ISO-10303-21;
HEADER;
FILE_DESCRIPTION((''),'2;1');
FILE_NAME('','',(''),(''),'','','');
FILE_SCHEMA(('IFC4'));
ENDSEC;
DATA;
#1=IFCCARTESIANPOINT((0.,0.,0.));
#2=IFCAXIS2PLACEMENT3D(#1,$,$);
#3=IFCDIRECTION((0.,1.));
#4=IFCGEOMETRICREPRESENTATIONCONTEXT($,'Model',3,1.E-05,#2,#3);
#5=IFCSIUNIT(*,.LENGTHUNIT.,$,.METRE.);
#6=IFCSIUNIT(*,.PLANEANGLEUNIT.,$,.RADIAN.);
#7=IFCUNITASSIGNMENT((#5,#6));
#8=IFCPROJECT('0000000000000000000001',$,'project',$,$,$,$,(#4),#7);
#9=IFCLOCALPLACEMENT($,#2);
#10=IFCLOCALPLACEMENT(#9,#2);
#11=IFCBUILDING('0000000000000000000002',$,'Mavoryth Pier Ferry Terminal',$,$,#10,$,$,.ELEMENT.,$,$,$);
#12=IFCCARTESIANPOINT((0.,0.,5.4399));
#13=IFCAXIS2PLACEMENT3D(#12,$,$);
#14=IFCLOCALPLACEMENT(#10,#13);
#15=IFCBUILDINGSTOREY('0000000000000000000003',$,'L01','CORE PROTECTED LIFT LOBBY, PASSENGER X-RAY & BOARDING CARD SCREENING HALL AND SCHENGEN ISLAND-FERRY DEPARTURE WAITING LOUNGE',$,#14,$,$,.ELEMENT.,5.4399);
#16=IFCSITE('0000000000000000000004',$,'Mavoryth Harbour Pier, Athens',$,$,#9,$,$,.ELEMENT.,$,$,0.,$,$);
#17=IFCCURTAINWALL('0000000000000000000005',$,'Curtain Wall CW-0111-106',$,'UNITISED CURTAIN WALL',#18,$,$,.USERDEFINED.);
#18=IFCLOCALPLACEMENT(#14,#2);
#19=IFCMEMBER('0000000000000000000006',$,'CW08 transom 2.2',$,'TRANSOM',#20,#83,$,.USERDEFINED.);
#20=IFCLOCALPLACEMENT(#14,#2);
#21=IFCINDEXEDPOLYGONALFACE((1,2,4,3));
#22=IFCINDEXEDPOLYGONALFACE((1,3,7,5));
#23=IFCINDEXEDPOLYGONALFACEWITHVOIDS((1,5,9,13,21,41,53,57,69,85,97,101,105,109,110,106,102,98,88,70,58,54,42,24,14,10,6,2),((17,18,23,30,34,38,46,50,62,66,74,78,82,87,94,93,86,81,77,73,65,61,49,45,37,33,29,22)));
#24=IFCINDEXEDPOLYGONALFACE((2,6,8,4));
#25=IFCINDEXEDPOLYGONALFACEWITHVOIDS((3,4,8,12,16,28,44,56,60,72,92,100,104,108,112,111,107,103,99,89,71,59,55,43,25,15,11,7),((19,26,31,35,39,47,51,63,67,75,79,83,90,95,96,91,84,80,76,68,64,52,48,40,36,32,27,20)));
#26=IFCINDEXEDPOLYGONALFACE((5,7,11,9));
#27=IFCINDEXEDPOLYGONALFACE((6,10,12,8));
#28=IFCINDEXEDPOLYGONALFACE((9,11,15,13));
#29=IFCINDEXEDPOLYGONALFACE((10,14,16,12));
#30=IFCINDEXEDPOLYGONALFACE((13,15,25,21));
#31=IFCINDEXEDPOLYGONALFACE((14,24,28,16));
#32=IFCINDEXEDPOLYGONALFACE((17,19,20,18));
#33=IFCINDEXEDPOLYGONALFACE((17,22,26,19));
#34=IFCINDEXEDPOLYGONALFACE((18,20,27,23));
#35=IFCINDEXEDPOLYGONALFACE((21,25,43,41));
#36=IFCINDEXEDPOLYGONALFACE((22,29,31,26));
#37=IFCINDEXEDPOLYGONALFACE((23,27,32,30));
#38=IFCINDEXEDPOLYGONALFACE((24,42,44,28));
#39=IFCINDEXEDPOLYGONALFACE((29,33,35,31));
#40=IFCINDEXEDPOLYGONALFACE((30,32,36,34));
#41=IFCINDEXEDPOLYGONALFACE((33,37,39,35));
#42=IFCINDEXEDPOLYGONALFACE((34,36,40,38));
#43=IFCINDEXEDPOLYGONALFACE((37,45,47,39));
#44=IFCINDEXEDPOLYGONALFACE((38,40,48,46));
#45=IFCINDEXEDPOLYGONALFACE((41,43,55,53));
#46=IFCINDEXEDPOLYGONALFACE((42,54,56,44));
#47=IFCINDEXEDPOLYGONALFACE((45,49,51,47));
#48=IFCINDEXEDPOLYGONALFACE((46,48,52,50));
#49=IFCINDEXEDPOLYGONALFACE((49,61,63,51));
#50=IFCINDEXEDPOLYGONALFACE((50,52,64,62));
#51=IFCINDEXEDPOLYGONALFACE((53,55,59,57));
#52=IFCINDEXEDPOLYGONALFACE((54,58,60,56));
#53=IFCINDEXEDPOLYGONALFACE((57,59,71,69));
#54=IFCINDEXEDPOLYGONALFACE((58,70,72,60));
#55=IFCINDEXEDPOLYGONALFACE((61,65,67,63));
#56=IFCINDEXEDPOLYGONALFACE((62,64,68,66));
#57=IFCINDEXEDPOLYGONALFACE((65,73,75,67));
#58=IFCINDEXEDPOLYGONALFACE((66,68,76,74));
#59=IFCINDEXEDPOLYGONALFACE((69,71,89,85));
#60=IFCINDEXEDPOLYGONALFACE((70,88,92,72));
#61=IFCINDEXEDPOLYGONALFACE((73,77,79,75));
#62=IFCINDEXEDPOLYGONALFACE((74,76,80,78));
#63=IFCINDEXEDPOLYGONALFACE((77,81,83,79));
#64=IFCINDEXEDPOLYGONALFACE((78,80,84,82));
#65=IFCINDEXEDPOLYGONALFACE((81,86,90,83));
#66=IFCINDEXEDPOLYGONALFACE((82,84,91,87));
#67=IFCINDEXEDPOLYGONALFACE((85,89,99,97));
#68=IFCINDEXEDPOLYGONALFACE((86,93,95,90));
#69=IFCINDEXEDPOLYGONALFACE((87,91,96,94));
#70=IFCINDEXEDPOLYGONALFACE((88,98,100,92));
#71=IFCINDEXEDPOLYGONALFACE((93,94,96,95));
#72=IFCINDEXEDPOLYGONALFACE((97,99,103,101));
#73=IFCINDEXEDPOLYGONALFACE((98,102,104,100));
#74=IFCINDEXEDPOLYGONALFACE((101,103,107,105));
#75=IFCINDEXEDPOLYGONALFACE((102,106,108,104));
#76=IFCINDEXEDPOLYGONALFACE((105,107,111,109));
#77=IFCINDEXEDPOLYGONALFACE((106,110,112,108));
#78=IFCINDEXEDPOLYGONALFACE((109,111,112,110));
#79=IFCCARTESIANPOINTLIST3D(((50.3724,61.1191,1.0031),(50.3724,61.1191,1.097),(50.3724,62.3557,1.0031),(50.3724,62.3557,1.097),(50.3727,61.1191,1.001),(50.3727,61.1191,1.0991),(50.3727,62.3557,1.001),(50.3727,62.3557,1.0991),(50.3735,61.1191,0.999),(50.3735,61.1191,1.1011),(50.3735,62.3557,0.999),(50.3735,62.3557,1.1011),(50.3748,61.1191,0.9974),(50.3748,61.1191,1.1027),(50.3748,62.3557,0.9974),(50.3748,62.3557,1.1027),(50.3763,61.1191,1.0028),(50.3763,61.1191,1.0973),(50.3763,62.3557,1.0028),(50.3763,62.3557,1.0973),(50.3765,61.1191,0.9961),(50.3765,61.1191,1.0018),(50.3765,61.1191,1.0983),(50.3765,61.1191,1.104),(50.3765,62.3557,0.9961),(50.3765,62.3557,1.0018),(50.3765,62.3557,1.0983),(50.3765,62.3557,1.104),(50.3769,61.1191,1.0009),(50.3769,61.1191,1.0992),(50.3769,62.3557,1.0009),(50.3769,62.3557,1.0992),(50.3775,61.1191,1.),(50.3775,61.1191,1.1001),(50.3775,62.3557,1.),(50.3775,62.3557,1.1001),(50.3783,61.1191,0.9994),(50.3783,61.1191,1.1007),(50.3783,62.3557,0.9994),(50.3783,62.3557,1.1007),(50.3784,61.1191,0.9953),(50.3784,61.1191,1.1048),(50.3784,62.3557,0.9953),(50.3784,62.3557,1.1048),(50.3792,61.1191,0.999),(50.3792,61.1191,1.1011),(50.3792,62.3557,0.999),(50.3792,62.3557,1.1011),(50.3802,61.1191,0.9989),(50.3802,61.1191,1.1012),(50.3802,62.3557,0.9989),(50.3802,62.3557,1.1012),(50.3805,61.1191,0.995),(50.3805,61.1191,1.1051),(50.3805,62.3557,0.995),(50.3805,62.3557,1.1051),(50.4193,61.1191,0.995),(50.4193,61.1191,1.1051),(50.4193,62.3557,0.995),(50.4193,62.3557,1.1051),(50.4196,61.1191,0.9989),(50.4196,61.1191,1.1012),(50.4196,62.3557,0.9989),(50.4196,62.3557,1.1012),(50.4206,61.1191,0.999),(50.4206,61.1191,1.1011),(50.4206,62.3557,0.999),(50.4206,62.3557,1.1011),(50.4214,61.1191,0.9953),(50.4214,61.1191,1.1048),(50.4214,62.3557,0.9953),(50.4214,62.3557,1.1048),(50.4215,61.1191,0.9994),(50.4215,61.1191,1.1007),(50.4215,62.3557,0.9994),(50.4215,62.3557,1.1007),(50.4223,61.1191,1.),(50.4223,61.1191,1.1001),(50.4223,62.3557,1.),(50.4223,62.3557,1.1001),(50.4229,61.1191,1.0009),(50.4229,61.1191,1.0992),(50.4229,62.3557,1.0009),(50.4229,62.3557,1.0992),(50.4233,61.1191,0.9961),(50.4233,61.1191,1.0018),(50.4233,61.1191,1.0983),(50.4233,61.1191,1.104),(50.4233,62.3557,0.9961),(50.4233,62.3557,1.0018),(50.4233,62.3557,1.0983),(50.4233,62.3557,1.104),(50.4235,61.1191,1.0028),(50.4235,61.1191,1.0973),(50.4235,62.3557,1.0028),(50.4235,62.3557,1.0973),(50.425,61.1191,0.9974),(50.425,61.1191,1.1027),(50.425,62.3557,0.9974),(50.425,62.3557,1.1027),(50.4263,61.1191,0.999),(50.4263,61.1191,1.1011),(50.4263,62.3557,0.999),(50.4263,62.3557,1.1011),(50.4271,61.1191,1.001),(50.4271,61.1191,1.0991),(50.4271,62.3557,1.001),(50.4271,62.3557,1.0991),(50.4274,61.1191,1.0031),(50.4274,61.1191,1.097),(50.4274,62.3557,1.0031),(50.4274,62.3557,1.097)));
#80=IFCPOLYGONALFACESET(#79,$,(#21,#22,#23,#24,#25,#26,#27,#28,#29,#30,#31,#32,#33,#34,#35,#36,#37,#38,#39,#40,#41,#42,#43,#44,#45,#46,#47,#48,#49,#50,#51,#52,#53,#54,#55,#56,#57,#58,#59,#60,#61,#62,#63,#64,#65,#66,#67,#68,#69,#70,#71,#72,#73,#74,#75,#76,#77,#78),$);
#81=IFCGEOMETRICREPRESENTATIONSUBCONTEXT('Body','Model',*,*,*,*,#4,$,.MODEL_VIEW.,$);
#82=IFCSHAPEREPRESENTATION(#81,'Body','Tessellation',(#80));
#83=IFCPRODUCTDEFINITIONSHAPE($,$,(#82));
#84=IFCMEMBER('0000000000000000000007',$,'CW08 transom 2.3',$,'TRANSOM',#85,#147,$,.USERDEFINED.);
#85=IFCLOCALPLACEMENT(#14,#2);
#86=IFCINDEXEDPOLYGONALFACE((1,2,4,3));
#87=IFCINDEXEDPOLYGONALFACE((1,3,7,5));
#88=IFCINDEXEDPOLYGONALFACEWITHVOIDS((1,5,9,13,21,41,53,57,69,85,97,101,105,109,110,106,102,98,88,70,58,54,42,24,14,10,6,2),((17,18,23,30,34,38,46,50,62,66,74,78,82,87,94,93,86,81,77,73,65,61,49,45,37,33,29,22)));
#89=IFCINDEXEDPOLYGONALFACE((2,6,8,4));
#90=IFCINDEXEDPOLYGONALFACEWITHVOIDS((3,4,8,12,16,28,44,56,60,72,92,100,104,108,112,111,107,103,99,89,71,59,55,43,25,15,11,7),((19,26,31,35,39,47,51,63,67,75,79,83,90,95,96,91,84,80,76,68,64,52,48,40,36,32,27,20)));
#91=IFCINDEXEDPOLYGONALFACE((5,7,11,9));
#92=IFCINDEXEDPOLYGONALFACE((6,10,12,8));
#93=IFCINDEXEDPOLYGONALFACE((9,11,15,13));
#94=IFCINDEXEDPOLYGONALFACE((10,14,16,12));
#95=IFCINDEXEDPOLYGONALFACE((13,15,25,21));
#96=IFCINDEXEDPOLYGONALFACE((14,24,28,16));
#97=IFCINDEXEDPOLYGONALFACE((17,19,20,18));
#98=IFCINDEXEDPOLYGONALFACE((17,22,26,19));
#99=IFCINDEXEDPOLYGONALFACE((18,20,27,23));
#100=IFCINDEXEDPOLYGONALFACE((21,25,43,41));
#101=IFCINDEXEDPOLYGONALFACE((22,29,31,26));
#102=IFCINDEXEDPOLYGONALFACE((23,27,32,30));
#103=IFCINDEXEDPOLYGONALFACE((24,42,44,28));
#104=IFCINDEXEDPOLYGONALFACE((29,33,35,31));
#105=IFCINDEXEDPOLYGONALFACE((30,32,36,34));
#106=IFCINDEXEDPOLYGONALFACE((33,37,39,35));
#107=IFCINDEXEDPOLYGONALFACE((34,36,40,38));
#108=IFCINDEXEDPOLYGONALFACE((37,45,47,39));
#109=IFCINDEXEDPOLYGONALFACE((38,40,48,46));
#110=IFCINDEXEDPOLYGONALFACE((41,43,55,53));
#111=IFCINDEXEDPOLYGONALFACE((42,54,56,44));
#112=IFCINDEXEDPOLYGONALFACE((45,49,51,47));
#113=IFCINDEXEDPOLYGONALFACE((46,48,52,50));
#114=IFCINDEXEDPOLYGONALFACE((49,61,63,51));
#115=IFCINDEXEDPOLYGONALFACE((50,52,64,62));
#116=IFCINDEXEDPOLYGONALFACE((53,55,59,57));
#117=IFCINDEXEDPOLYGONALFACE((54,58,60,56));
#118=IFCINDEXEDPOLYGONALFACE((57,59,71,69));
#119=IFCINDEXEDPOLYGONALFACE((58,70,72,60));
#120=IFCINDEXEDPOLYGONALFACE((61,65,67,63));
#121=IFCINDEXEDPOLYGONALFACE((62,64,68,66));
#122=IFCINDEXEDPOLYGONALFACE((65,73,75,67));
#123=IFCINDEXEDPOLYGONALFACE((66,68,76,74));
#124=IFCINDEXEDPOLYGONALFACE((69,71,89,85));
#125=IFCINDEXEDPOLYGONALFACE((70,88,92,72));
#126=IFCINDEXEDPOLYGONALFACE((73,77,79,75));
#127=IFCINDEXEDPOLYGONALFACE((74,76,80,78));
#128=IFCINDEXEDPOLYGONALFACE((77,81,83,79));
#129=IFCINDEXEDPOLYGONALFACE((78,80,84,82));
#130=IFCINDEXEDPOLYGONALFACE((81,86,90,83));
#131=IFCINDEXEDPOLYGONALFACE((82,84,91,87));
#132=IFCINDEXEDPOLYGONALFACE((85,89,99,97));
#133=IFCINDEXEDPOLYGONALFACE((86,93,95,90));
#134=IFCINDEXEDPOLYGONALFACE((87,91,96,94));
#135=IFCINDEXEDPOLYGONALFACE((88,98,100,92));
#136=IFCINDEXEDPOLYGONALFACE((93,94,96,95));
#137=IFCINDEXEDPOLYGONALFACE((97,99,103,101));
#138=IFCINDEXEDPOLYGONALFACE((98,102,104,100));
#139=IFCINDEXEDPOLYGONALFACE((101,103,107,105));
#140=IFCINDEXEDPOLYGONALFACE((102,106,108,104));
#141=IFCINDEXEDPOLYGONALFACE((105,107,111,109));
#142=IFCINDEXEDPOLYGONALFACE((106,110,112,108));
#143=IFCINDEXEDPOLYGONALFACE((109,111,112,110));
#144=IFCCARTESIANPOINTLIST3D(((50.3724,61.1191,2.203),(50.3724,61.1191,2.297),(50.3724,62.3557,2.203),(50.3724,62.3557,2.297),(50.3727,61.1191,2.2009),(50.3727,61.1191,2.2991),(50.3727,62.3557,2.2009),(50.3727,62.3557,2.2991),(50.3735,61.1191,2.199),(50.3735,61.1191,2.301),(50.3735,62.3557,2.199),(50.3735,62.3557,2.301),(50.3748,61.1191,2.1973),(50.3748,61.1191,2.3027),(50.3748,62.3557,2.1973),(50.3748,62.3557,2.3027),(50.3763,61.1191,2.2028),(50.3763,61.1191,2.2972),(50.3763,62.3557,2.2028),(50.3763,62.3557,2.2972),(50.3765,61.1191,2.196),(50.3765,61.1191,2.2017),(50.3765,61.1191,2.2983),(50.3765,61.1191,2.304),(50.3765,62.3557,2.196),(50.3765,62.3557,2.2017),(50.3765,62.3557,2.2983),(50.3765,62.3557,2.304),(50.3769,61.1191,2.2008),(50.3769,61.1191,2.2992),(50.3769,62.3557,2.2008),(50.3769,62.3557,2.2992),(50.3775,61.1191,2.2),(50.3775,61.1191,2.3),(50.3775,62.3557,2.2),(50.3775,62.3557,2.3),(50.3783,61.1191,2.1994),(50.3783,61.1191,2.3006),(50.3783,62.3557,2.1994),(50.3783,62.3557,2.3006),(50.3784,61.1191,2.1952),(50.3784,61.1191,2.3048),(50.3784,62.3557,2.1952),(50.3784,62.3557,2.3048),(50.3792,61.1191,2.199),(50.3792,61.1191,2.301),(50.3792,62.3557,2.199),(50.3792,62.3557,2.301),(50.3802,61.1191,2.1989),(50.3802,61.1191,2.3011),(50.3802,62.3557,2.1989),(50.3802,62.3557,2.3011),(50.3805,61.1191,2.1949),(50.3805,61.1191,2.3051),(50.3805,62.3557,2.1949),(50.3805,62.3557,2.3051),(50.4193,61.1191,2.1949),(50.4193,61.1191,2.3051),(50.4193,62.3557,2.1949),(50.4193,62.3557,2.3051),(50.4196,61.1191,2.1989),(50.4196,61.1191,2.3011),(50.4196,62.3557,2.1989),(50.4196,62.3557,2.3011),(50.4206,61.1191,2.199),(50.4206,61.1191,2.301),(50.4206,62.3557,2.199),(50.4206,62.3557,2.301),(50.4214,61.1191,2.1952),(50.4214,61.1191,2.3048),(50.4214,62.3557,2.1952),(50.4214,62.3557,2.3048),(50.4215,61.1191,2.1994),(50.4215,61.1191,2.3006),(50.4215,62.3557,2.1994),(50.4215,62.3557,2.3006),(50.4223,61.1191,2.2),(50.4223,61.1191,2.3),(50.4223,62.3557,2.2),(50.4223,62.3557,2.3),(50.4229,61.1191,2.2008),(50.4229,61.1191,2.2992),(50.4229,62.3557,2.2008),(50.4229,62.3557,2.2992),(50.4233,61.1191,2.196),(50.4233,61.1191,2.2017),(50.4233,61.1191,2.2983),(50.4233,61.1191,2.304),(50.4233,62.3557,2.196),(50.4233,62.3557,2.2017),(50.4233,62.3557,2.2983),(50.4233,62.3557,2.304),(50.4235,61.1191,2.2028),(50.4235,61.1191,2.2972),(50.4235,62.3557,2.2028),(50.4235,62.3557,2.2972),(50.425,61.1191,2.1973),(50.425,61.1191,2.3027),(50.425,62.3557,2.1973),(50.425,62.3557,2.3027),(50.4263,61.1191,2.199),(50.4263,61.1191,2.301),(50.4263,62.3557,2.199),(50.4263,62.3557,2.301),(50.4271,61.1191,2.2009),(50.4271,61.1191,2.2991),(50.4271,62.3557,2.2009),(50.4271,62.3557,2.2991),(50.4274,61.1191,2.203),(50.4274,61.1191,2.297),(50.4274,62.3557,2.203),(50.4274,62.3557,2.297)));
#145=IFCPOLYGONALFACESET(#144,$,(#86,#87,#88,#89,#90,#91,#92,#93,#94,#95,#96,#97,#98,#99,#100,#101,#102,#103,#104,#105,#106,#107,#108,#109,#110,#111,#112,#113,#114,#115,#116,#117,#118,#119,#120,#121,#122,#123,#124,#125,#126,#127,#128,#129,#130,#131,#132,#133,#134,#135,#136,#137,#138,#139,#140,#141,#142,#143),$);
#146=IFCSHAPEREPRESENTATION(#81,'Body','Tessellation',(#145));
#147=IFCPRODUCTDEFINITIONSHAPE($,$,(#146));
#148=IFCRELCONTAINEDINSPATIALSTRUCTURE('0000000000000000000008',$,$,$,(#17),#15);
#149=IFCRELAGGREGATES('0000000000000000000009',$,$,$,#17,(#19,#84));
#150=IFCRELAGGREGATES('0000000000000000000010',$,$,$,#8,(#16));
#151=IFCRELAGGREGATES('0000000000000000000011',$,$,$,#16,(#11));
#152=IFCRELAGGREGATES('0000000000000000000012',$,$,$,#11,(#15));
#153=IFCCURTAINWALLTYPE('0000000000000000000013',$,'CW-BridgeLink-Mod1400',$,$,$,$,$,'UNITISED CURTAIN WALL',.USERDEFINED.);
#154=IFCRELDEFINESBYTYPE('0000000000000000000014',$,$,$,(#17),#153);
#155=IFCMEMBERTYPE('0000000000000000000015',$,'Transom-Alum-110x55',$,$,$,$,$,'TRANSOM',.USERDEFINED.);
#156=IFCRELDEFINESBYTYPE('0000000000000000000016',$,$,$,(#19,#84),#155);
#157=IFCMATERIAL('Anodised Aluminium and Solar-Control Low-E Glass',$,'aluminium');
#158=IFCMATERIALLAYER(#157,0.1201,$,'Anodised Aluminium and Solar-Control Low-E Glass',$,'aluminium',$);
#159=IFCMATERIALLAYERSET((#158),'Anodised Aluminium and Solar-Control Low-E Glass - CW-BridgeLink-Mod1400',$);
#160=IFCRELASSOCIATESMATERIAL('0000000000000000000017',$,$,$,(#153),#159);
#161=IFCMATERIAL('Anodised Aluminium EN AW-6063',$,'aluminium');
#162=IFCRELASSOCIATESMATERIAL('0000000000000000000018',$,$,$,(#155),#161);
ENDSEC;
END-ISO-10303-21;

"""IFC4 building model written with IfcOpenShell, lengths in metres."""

from ifc_helpers import new_model, si_unit, direction, frame, origin, origin_2d, place, context, subcontext, project, spatial, hollow_rectangle, extrude, material, layer, layer_set, material_profile, profile_set, type_object, element, aggregate, save


model = new_model("IFC4")

# Units and contexts
model_context = context("Model", 3, precision=1e-05, world=origin(), true_north=direction((0.0, 1.0)))
body_context = subcontext(model_context, "Body", "Model", "MODEL_VIEW")
ifc_project = project(units=[si_unit("LENGTHUNIT", "METRE"), si_unit("PLANEANGLEUNIT", "RADIAN")], contexts=[model_context])

# Site, building, storey
site_placement = place(None, origin())
site = spatial("IfcSite", under=ifc_project, at=site_placement, Name="Mavoryth Harbour Pier, Athens", CompositionType="ELEMENT", RefElevation=0.0)
building_placement = place(site_placement, origin())
building = spatial("IfcBuilding", under=site, at=building_placement, Name="Mavoryth Pier Ferry Terminal", CompositionType="ELEMENT")
storey_placement = place(building_placement, frame((0.0, 0.0, 5.4399)))
storey = spatial("IfcBuildingStorey", under=building, at=storey_placement, Name="L01", Description="CORE PROTECTED LIFT LOBBY, PASSENGER X-RAY & BOARDING CARD SCREENING HALL AND SCHENGEN ISLAND-FERRY DEPARTURE WAITING LOUNGE", CompositionType="ELEMENT", Elevation=5.4399)

# Curtain wall
ifc_material_1 = material(Name="Anodised Aluminium and Solar-Control Low-E Glass", Category="aluminium")
ifc_layer_1 = layer(ifc_material_1, 0.1201, Name="Anodised Aluminium and Solar-Control Low-E Glass", Category="aluminium")
ifc_layer_set_1 = layer_set([ifc_layer_1], Name="Anodised Aluminium and Solar-Control Low-E Glass - CW-BridgeLink-Mod1400")
curtain_wall_type = type_object("IfcCurtainWallType", Name="CW-BridgeLink-Mod1400", ElementType="UNITISED CURTAIN WALL", PredefinedType="USERDEFINED", material=ifc_layer_set_1)
curtain_wall_1_placement = place(storey_placement, origin())
curtain_wall_1 = element("IfcCurtainWall", 1, at=curtain_wall_1_placement, inside=storey, type_object=curtain_wall_type, Name="Curtain Wall CW-0111-106", ObjectType="UNITISED CURTAIN WALL", PredefinedType="USERDEFINED")
ifc_material_2 = material(Name="Anodised Aluminium EN AW-6063", Category="aluminium")

# Members
ifc_material_profile_1 = material_profile(ifc_material_2, hollow_rectangle(XDim=0.0549, YDim=0.1101, WallThickness=0.0039, InnerFilletRadius=0.0039, OuterFilletRadius=0.0081, at=origin_2d()), Name="AL-TRAN 110x55x4", Category="aluminium")
ifc_profile_set_1 = profile_set([ifc_material_profile_1], Name="Anodised Aluminium EN AW-6063 - AL-TRAN 110x55x4")
member_type_1 = type_object("IfcMemberType", Name="Transom-Alum-110x55", ElementType="TRANSOM", PredefinedType="USERDEFINED", material=ifc_profile_set_1)
member_1_placement = place(storey_placement, frame((50.3999, 62.3557, 1.05), z_axis=(0.0, -1.0, 0.0), x_axis=(1.0, 0.0, 0.0)))
member_1 = element("IfcMember", 2, at=member_1_placement, type_object=member_type_1, Name="CW08 transom 2.2", ObjectType="TRANSOM", PredefinedType="USERDEFINED", context=body_context, shape_type="SweptSolid", body=[
    extrude(hollow_rectangle(XDim=0.0549, YDim=0.1101, WallThickness=0.0039, InnerFilletRadius=0.0039, OuterFilletRadius=0.0081, at=origin_2d()), origin(), (0.0, 0.0, 1.0), 1.2366),
])
member_2_placement = place(storey_placement, frame((50.3999, 62.3557, 2.25), z_axis=(0.0, -1.0, 0.0), x_axis=(1.0, 0.0, 0.0)))
member_2 = element("IfcMember", 3, at=member_2_placement, type_object=member_type_1, Name="CW08 transom 2.3", ObjectType="TRANSOM", PredefinedType="USERDEFINED", context=body_context, shape_type="SweptSolid", body=[
    extrude(hollow_rectangle(XDim=0.0549, YDim=0.1101, WallThickness=0.0039, InnerFilletRadius=0.0039, OuterFilletRadius=0.0081, at=origin_2d()), origin(), (0.0, 0.0, 1.0), 1.2366),
])

aggregate(curtain_wall_1, [member_1, member_2])

save(model, "model.ifc")
